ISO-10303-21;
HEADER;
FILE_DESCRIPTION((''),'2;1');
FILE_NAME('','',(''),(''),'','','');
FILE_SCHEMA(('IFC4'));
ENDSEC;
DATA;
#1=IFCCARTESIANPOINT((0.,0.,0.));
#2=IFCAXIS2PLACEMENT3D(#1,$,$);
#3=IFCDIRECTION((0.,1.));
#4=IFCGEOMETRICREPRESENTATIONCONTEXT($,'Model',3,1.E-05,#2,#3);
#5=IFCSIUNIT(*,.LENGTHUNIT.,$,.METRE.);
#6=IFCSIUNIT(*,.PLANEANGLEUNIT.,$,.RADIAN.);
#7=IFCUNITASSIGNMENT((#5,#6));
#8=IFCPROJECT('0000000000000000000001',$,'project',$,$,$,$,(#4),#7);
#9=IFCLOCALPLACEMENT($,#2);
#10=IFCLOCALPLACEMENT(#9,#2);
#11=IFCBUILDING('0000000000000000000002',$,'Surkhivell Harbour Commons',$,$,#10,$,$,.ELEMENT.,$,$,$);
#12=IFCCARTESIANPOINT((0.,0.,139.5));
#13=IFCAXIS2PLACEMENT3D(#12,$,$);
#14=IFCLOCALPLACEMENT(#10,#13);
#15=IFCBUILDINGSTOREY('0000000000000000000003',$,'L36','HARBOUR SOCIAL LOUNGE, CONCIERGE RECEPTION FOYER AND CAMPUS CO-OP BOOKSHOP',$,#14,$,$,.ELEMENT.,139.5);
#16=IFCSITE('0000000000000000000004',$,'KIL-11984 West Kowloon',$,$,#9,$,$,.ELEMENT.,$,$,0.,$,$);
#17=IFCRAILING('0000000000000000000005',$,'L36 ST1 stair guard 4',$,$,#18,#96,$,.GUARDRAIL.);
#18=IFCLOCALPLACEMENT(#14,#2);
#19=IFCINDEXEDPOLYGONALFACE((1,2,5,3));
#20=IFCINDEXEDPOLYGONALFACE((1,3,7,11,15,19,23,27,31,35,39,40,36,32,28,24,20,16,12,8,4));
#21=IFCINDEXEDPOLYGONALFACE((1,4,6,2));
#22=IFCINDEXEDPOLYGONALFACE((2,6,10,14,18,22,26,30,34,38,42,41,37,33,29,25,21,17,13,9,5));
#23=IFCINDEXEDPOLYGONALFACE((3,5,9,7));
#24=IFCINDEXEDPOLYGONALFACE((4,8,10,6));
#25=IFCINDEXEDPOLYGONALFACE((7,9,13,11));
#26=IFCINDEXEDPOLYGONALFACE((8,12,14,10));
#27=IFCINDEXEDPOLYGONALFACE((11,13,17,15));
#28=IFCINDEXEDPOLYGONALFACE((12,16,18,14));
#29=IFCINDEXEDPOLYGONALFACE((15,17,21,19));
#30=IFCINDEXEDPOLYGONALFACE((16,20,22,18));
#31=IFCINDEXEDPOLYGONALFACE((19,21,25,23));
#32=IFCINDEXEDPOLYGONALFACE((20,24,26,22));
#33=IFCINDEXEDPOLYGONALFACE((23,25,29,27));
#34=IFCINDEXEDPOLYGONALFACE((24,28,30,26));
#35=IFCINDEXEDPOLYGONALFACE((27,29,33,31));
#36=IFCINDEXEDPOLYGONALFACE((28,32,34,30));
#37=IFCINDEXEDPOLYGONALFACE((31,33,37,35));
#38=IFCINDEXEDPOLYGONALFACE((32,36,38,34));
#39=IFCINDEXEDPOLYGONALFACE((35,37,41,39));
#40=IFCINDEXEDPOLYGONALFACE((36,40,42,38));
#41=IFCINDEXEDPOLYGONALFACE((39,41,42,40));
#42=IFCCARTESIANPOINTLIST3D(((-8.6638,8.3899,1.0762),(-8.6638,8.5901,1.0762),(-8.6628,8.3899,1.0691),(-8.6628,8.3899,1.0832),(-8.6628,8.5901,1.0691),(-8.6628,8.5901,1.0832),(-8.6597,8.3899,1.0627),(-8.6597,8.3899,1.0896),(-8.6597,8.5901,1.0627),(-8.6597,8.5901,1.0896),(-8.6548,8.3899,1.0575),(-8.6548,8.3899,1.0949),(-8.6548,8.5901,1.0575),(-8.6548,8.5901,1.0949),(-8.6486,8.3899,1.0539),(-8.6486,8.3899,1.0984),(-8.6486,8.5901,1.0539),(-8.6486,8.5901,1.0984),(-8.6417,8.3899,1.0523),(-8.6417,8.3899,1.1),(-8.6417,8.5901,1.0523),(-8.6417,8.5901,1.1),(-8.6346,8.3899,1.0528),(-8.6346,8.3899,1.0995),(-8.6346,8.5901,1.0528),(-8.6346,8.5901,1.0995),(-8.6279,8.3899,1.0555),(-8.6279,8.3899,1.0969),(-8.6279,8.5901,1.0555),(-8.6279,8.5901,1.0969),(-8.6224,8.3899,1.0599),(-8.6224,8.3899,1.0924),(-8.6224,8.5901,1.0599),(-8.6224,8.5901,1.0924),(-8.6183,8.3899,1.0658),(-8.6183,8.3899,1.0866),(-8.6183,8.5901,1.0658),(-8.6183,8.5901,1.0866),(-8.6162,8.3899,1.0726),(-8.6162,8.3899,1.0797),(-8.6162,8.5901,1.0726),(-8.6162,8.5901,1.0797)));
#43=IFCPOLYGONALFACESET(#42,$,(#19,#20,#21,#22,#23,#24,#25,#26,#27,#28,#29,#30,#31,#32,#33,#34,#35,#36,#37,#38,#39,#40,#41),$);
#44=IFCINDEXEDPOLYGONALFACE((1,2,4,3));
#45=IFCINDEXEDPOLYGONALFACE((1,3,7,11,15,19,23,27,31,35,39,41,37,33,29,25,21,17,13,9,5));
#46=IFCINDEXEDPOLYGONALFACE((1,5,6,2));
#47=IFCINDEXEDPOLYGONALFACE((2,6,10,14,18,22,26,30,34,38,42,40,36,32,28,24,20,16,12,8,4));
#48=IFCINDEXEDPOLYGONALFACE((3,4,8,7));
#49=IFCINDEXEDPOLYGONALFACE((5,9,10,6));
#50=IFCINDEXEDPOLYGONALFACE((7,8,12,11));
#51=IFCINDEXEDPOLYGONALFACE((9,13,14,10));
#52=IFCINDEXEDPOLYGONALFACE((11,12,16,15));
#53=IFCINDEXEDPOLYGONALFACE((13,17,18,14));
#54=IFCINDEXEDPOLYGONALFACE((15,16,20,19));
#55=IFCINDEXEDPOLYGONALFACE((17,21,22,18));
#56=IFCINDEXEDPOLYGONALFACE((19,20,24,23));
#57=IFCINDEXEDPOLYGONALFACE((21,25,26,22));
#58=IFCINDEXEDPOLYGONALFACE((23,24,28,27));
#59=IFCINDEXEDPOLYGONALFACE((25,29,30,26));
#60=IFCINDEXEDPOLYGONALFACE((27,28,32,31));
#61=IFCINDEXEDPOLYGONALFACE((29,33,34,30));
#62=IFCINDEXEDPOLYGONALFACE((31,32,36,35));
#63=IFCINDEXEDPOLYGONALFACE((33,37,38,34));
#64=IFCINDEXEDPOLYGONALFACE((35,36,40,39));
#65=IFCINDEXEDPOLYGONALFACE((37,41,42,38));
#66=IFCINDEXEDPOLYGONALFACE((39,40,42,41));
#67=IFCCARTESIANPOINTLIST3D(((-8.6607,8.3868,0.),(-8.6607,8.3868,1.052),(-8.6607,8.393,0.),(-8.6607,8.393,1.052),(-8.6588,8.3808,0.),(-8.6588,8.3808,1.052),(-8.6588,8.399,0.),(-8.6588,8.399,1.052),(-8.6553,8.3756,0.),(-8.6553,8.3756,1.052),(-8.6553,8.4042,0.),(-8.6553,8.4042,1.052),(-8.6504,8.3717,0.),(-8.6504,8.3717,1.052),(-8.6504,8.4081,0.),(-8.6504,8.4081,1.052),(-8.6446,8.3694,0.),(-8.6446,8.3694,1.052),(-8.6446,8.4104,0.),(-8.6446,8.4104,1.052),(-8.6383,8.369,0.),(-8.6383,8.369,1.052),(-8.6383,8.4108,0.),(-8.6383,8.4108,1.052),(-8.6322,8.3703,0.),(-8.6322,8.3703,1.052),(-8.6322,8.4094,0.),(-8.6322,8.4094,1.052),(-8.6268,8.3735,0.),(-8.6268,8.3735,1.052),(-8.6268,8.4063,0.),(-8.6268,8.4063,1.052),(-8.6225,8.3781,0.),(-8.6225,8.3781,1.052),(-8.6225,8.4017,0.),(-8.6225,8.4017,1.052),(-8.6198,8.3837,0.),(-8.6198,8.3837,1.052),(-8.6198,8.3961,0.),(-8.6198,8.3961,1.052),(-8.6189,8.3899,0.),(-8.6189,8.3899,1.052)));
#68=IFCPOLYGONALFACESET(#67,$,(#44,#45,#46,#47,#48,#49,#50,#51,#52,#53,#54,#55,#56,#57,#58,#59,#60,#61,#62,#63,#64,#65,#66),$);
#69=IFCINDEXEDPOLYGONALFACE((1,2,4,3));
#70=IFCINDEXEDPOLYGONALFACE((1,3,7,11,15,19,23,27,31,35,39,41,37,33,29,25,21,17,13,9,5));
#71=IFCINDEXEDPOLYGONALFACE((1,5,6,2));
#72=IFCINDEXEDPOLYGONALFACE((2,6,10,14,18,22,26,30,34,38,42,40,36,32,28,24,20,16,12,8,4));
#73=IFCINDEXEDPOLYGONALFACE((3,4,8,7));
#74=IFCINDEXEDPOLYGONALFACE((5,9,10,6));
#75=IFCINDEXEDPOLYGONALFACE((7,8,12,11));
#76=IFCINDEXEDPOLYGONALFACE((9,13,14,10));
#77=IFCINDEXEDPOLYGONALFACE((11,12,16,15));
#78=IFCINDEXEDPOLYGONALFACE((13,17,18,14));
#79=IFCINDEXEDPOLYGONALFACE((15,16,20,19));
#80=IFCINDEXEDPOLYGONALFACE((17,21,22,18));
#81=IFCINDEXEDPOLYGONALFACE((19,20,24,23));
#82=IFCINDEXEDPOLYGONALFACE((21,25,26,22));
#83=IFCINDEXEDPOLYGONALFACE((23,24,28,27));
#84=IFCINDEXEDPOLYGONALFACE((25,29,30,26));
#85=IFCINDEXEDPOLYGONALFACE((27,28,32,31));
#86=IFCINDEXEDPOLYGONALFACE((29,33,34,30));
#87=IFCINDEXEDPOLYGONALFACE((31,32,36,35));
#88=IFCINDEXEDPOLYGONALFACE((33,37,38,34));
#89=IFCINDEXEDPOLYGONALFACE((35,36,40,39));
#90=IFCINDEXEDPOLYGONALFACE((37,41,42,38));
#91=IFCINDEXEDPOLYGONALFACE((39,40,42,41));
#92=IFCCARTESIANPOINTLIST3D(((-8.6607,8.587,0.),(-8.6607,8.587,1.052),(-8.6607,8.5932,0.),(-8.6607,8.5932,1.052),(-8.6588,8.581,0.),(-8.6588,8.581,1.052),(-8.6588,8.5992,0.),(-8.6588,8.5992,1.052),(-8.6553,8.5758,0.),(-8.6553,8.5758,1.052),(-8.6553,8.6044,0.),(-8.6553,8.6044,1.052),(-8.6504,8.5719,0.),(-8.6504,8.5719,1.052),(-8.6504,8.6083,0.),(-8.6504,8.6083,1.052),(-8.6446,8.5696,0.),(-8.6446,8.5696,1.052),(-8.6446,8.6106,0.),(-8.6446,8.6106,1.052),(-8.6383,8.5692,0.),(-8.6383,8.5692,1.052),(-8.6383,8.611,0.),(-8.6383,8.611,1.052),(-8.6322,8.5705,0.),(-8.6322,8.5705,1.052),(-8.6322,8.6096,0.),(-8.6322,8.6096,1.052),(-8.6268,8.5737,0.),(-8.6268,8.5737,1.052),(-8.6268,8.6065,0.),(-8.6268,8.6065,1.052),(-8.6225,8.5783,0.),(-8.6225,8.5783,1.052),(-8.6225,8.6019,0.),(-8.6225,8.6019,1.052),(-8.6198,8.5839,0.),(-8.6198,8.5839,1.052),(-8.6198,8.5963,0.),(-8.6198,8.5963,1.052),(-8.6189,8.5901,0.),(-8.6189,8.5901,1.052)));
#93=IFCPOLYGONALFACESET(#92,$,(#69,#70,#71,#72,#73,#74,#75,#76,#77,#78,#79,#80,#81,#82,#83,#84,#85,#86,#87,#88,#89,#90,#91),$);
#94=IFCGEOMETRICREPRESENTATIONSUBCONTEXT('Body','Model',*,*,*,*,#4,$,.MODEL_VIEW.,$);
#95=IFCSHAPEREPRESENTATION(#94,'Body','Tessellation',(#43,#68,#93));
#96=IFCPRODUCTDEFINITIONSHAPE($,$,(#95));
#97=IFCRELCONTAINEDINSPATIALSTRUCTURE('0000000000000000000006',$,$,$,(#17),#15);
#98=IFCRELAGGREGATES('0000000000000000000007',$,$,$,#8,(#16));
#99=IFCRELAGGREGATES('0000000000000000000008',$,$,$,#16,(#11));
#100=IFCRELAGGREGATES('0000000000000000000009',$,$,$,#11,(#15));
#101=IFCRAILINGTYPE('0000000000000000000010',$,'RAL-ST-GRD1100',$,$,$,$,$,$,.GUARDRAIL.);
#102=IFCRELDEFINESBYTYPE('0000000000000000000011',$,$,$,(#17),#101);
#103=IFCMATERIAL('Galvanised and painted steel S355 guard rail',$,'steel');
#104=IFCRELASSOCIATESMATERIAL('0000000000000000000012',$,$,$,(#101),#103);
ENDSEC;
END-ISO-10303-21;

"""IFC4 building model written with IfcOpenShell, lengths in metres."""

from ifc_helpers import new_model, si_unit, direction, frame, origin, origin_2d, place, context, subcontext, project, spatial, circle, extrude, material, type_object, element, save


model = new_model("IFC4")

# Units and contexts
model_context = context("Model", 3, precision=1e-05, world=origin(), true_north=direction((0.0, 1.0)))
body_context = subcontext(model_context, "Body", "Model", "MODEL_VIEW")
ifc_project = project(units=[si_unit("LENGTHUNIT", "METRE"), si_unit("PLANEANGLEUNIT", "RADIAN")], contexts=[model_context])

# Site, building, storey
site_placement = place(None, origin())
site = spatial("IfcSite", under=ifc_project, at=site_placement, Name="KIL-11984 West Kowloon", CompositionType="ELEMENT", RefElevation=0.0)
building_placement = place(site_placement, origin())
building = spatial("IfcBuilding", under=site, at=building_placement, Name="Surkhivell Harbour Commons", CompositionType="ELEMENT")
storey_placement = place(building_placement, frame((0.0, 0.0, 139.5)))
storey = spatial("IfcBuildingStorey", under=building, at=storey_placement, Name="L36", Description="HARBOUR SOCIAL LOUNGE, CONCIERGE RECEPTION FOYER AND CAMPUS CO-OP BOOKSHOP", CompositionType="ELEMENT", Elevation=139.5)

# Railing
ifc_material_1 = material(Name="Galvanised and painted steel S355 guard rail", Category="steel")
railing_type_1 = type_object("IfcRailingType", Name="RAL-ST-GRD1100", PredefinedType="GUARDRAIL", material=ifc_material_1)
railing_1_placement = place(storey_placement, frame((-8.6399, 8.3899, 0.0)))
element("IfcRailing", 1, at=railing_1_placement, inside=storey, type_object=railing_type_1, Name="L36 ST1 stair guard 4", PredefinedType="GUARDRAIL", context=body_context, shape_type="SweptSolid", body=[
    extrude(circle(Radius=0.0239, at=origin_2d()), frame((0.0, 0.0, 1.0762), z_axis=(0.0, 1.0, 0.0), x_axis=(-1.0, 0.0, 0.0)), (0.0, 0.0, 1.0), 0.2002),
    extrude(circle(Radius=0.021, at=origin_2d()), origin(), (0.0, 0.0, 1.0), 1.052),
    extrude(circle(Radius=0.021, at=origin_2d()), frame((0.0, 0.2002, 0.0)), (0.0, 0.0, 1.0), 1.052),
])

save(model, "model.ifc")
